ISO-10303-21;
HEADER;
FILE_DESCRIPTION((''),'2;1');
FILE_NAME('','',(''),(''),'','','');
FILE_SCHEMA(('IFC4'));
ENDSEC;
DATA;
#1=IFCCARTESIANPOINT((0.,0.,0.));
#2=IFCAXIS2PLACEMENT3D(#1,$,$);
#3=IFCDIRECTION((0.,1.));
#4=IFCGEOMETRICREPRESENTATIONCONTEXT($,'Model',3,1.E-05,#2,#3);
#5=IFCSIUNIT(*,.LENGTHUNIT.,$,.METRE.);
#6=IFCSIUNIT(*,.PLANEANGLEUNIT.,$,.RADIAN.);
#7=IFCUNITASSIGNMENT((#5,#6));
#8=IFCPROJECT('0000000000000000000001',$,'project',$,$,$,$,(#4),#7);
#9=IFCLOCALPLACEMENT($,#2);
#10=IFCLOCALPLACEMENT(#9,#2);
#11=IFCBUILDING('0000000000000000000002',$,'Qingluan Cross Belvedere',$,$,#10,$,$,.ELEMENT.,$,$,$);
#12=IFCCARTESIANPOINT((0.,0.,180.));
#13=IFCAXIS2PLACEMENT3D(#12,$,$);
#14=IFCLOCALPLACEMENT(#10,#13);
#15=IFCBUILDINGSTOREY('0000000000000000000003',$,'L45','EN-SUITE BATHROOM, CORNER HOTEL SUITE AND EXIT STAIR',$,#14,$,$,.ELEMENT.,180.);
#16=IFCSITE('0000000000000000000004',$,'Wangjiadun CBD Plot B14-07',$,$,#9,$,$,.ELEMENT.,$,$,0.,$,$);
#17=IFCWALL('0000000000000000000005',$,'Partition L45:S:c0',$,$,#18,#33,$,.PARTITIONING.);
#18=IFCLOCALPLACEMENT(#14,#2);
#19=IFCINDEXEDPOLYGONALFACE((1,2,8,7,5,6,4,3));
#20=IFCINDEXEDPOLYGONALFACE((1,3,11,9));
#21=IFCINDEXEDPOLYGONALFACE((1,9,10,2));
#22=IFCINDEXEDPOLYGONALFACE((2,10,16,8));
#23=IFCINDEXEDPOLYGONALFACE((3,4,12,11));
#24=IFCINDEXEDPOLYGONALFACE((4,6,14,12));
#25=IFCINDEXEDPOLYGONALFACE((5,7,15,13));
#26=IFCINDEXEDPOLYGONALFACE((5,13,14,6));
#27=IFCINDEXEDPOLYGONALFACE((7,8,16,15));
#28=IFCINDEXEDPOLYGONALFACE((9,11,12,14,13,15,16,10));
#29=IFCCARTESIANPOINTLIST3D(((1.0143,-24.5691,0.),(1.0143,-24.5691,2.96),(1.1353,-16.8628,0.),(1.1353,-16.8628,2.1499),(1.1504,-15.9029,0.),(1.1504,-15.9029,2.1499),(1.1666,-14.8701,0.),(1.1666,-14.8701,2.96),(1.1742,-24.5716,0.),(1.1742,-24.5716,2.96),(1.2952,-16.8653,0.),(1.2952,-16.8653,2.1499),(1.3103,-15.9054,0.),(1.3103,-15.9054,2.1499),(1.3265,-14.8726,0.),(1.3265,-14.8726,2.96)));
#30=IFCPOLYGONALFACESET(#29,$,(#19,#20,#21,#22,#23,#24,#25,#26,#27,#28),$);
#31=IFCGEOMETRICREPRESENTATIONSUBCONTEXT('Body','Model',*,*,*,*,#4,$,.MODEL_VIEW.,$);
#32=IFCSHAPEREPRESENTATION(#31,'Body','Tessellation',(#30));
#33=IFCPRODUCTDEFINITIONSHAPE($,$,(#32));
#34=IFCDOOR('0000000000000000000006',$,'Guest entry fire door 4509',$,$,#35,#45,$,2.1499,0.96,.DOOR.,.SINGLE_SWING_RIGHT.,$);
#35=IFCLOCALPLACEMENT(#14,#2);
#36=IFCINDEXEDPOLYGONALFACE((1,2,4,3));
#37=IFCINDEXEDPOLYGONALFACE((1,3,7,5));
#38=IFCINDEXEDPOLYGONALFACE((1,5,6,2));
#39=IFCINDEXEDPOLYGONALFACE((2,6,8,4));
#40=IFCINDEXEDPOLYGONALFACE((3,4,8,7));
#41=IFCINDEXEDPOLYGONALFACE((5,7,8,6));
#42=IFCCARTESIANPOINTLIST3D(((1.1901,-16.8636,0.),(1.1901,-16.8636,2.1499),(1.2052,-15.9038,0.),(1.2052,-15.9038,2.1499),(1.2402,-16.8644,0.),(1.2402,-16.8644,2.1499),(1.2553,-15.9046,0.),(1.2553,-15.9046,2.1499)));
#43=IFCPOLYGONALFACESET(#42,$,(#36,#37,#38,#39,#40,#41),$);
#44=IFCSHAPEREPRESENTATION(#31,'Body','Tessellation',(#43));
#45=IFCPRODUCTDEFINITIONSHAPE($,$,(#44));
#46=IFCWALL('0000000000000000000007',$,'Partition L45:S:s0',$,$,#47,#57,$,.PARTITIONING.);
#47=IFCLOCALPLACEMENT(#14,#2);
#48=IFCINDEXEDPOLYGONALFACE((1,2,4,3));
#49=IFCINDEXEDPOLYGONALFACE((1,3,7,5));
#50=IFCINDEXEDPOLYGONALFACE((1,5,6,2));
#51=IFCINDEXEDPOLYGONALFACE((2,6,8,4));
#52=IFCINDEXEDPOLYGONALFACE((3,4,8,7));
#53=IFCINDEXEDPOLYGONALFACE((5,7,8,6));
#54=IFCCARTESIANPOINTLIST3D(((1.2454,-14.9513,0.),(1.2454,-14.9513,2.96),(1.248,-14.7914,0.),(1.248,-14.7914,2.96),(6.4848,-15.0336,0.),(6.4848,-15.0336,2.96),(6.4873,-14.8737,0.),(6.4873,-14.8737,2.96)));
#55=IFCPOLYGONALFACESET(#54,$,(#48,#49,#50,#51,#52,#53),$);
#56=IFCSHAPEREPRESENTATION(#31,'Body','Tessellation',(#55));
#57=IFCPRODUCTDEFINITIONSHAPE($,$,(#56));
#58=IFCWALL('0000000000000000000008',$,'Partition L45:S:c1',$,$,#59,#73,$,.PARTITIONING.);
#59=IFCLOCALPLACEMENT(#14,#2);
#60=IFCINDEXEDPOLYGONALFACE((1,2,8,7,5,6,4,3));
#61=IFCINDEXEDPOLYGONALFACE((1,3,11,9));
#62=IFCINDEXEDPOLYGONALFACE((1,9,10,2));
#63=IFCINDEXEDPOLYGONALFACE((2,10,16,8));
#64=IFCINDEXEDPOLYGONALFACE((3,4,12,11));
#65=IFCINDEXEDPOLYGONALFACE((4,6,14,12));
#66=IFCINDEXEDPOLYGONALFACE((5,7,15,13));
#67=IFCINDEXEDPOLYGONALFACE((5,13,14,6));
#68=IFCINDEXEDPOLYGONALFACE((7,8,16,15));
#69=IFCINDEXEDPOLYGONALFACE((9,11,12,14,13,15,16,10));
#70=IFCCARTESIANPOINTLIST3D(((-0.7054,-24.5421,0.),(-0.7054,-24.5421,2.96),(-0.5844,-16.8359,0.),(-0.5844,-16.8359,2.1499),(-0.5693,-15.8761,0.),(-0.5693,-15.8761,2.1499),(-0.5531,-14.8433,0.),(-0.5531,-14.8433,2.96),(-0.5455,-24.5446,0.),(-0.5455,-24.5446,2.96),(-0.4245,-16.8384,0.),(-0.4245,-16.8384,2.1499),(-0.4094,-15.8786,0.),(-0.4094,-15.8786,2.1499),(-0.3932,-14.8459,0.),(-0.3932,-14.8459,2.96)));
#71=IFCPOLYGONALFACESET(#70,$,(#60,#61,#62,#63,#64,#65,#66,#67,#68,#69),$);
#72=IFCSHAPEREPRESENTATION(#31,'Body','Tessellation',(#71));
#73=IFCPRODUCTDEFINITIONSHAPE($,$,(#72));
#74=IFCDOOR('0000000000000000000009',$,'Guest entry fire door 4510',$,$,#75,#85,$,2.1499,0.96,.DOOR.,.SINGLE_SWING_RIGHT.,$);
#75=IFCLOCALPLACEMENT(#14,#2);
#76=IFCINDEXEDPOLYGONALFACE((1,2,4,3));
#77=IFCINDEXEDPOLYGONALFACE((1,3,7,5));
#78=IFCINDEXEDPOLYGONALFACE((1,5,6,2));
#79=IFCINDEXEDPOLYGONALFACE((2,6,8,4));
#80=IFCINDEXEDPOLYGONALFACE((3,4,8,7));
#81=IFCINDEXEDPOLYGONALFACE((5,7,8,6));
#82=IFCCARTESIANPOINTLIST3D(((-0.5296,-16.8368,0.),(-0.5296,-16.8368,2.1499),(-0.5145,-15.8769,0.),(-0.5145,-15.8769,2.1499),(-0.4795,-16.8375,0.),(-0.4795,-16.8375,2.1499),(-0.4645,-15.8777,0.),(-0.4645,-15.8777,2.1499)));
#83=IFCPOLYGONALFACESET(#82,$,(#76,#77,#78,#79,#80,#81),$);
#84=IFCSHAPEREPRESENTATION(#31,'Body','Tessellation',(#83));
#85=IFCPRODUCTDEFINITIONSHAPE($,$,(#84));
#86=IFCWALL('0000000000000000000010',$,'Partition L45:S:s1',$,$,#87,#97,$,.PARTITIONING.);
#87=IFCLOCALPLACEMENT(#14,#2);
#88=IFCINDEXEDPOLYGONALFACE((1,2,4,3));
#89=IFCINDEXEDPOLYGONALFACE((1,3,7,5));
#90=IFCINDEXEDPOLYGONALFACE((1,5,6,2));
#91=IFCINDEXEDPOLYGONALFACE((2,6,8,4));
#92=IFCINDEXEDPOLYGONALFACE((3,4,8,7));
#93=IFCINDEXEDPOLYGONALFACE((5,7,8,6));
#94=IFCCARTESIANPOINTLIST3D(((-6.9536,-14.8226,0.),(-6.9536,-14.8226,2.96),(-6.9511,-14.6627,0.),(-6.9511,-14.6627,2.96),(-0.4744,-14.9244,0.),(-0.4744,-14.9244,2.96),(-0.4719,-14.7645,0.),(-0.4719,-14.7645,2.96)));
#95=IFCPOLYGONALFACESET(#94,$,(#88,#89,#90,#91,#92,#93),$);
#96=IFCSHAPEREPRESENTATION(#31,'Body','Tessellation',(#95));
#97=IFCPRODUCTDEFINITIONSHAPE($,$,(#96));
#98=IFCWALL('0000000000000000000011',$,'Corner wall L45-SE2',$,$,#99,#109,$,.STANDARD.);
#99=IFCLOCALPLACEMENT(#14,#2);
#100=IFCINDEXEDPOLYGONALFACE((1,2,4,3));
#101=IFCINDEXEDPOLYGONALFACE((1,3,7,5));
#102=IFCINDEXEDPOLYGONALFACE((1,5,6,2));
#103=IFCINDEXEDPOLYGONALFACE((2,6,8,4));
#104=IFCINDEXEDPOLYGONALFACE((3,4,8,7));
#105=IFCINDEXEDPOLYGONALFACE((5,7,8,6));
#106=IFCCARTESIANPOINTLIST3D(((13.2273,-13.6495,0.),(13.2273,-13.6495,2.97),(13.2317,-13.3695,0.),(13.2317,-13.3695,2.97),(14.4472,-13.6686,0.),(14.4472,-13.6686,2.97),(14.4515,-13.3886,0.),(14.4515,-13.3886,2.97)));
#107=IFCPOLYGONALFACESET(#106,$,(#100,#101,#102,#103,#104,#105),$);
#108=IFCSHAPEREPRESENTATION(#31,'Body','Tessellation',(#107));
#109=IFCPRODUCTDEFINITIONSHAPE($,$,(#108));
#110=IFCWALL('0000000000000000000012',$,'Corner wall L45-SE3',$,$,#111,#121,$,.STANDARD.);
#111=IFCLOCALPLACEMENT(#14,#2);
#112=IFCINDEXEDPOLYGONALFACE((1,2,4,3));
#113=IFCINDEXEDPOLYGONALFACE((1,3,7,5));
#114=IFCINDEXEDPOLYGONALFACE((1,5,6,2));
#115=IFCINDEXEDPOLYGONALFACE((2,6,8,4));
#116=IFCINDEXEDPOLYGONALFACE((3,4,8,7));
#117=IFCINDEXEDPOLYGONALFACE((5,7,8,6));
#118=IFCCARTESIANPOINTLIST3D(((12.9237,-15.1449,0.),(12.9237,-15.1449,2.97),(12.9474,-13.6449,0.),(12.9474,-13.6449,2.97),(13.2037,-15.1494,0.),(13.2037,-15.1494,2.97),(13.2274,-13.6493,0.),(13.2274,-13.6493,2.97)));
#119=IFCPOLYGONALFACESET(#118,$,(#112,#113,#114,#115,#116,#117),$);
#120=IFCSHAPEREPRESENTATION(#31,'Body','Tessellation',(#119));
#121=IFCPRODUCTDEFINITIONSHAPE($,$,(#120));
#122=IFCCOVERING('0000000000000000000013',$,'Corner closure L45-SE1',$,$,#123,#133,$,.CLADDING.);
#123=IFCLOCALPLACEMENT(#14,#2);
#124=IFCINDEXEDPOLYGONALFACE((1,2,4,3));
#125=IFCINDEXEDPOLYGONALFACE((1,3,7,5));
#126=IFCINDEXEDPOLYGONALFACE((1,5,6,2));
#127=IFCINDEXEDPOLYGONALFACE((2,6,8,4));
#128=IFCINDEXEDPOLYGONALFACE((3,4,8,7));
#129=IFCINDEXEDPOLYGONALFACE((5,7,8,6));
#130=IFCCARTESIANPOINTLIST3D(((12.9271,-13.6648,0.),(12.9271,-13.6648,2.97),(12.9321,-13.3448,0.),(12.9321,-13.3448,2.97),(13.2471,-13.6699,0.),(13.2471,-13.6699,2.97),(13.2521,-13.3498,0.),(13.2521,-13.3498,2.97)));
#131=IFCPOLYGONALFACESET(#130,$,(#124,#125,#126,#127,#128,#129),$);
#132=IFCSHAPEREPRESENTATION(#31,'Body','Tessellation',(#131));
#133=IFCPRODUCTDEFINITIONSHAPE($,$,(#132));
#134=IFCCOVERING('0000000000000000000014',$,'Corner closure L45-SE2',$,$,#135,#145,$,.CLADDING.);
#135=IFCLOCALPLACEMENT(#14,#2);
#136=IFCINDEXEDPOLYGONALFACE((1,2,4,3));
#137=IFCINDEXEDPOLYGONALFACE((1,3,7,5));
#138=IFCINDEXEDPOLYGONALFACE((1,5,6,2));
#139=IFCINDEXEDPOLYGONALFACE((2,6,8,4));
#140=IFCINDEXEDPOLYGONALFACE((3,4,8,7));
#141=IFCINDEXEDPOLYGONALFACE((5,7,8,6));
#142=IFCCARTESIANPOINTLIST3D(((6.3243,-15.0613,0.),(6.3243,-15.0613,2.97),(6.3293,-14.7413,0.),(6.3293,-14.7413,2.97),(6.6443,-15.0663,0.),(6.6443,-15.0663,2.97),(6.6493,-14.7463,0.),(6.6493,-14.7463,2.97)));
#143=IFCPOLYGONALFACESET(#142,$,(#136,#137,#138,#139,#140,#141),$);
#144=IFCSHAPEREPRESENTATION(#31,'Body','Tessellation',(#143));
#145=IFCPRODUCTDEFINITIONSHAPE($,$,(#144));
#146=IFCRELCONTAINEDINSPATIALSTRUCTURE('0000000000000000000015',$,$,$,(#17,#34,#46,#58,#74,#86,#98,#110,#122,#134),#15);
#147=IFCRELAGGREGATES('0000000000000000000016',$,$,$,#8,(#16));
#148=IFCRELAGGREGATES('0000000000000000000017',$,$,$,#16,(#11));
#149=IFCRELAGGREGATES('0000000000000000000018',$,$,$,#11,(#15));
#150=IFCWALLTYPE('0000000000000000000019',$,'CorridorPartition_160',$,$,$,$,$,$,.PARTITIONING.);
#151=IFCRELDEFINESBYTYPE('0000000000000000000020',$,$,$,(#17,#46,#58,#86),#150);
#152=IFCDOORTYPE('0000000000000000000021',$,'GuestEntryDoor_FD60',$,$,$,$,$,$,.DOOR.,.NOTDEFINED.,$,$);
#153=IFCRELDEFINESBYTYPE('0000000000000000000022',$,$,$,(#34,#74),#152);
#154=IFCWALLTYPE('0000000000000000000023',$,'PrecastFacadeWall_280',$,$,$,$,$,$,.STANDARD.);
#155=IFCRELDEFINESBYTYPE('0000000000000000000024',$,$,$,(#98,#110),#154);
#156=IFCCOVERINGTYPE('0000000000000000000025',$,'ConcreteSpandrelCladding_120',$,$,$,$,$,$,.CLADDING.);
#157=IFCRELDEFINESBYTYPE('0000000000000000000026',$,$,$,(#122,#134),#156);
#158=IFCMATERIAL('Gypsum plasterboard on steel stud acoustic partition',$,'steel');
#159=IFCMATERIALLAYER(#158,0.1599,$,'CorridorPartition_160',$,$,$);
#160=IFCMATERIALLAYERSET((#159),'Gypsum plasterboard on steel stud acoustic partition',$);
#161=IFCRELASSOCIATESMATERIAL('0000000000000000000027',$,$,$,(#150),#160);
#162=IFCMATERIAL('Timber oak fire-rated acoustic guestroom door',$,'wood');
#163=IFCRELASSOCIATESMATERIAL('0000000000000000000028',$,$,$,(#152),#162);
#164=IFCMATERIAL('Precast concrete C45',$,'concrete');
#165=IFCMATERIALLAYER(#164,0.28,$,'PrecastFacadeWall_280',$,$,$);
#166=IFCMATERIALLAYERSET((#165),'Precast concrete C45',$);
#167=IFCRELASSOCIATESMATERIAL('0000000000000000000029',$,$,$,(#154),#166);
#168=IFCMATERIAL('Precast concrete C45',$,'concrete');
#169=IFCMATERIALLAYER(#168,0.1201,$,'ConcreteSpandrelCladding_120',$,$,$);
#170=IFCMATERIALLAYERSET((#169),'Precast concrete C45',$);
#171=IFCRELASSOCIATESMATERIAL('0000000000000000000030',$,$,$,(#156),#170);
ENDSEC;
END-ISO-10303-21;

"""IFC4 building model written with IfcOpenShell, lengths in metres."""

from ifc_helpers import new_model, si_unit, direction, frame, frame_2d, origin, origin_2d, place, context, subcontext, project, spatial, rectangle, extrude, material, layer, layer_set, type_object, element, fill, save


model = new_model("IFC4")

# Units and contexts
model_context = context("Model", 3, precision=1e-05, world=origin(), true_north=direction((0.0, 1.0)))
body_context = subcontext(model_context, "Body", "Model", "MODEL_VIEW")
ifc_project = project(units=[si_unit("LENGTHUNIT", "METRE"), si_unit("PLANEANGLEUNIT", "RADIAN")], contexts=[model_context])

# Site, building, storey
site_placement = place(None, origin())
site = spatial("IfcSite", under=ifc_project, at=site_placement, Name="Wangjiadun CBD Plot B14-07", CompositionType="ELEMENT", RefElevation=0.0)
building_placement = place(site_placement, origin())
building = spatial("IfcBuilding", under=site, at=building_placement, Name="Qingluan Cross Belvedere", CompositionType="ELEMENT")
storey_placement = place(building_placement, frame((0.0, 0.0, 180.0)))
storey = spatial("IfcBuildingStorey", under=building, at=storey_placement, Name="L45", Description="EN-SUITE BATHROOM, CORNER HOTEL SUITE AND EXIT STAIR", CompositionType="ELEMENT", Elevation=180.0)

# Shared definitions
ifc_material_1 = material(Name="Gypsum plasterboard on steel stud acoustic partition", Category="steel")
ifc_layer_1 = layer(ifc_material_1, 0.1599, Name="CorridorPartition_160")
ifc_layer_set_1 = layer_set([ifc_layer_1], Name="Gypsum plasterboard on steel stud acoustic partition")
wall_type_1 = type_object("IfcWallType", Name="CorridorPartition_160", PredefinedType="PARTITIONING", material=ifc_layer_set_1)

# Wall, opening, door
wall_1_placement = place(storey_placement, frame((1.2466, -14.8713, 0.0), z_axis=(0.0, 0.0, 1.0), x_axis=(-0.015705, -0.999877, 0.0)))
wall_1 = element("IfcWall", 1, at=wall_1_placement, inside=storey, type_object=wall_type_1, Name="Partition L45:S:c0", PredefinedType="PARTITIONING", context=body_context, shape_type="SweptSolid", body=[
    extrude(rectangle(XDim=9.7002, YDim=0.1599, at=frame_2d((4.8501, 0.0))), origin(), (0.0, 0.0, 1.0), 2.96),
])
opening_1_placement = place(wall_1_placement, frame((1.033, 0.0, 0.0)))
opening_1 = element("IfcOpeningElement", 2, at=opening_1_placement, cuts=wall_1, PredefinedType="OPENING", context=body_context, shape_type="SweptSolid", body=[
    extrude(rectangle(XDim=0.96, YDim=2.1499, at=frame_2d((0.48, 1.075))), frame((0.0, 0.0898, 0.0), z_axis=(0.0, -1.0, 0.0), x_axis=(1.0, 0.0, 0.0)), (0.0, 0.0, 1.0), 0.1799),
])
ifc_material_2 = material(Name="Timber oak fire-rated acoustic guestroom door", Category="wood")
door_type = type_object("IfcDoorType", Name="GuestEntryDoor_FD60", OperationType="NOTDEFINED", PredefinedType="DOOR", material=ifc_material_2)
door_1_placement = place(opening_1_placement, origin())
door_1 = element("IfcDoor", 3, at=door_1_placement, inside=storey, type_object=door_type, Name="Guest entry fire door 4509", OperationType="SINGLE_SWING_RIGHT", OverallHeight=2.1499, OverallWidth=0.96, PredefinedType="DOOR", context=body_context, shape_type="SweptSolid", body=[
    extrude(rectangle(XDim=0.96, YDim=2.1499, at=frame_2d((0.48, 1.075))), frame((0.0, 0.0249, 0.0), z_axis=(0.0, -1.0, 0.0), x_axis=(1.0, 0.0, 0.0)), (0.0, 0.0, 1.0), 0.05),
])
fill(opening_1, door_1)

# Wall
wall_2_placement = place(storey_placement, frame((1.2466, -14.8713, 0.0), z_axis=(0.0, 0.0, 1.0), x_axis=(0.999877, -0.015702, 0.0)))
element("IfcWall", 4, at=wall_2_placement, inside=storey, type_object=wall_type_1, Name="Partition L45:S:s0", PredefinedType="PARTITIONING", context=body_context, shape_type="SweptSolid", body=[
    extrude(rectangle(XDim=5.24, YDim=0.1599, at=frame_2d((2.6201, 0.0))), origin(), (0.0, 0.0, 1.0), 2.96),
])

# Wall, opening, door
wall_3_placement = place(storey_placement, frame((-0.4731, -14.8445, 0.0), z_axis=(0.0, 0.0, 1.0), x_axis=(-0.015706, -0.999877, 0.0)))
wall_3 = element("IfcWall", 5, at=wall_3_placement, inside=storey, type_object=wall_type_1, Name="Partition L45:S:c1", PredefinedType="PARTITIONING", context=body_context, shape_type="SweptSolid", body=[
    extrude(rectangle(XDim=9.7, YDim=0.1599, at=frame_2d((4.8501, 0.0))), origin(), (0.0, 0.0, 1.0), 2.96),
])
opening_2_placement = place(wall_3_placement, frame((1.033, 0.0, 0.0)))
opening_2 = element("IfcOpeningElement", 6, at=opening_2_placement, cuts=wall_3, PredefinedType="OPENING", context=body_context, shape_type="SweptSolid", body=[
    extrude(rectangle(XDim=0.96, YDim=2.1499, at=frame_2d((0.48, 1.075))), frame((0.0, 0.0898, 0.0), z_axis=(0.0, -1.0, 0.0), x_axis=(1.0, 0.0, 0.0)), (0.0, 0.0, 1.0), 0.1799),
])
door_2_placement = place(opening_2_placement, origin())
door_2 = element("IfcDoor", 7, at=door_2_placement, inside=storey, type_object=door_type, Name="Guest entry fire door 4510", OperationType="SINGLE_SWING_RIGHT", OverallHeight=2.1499, OverallWidth=0.96, PredefinedType="DOOR", context=body_context, shape_type="SweptSolid", body=[
    extrude(rectangle(XDim=0.96, YDim=2.1499, at=frame_2d((0.48, 1.075))), frame((0.0, 0.0249, 0.0), z_axis=(0.0, -1.0, 0.0), x_axis=(1.0, 0.0, 0.0)), (0.0, 0.0, 1.0), 0.05),
])
fill(opening_2, door_2)

# Walls
wall_4_placement = place(storey_placement, frame((-0.4731, -14.8445, 0.0), z_axis=(0.0, 0.0, 1.0), x_axis=(-0.999877, 0.015711, 0.0)))
element("IfcWall", 8, at=wall_4_placement, inside=storey, type_object=wall_type_1, Name="Partition L45:S:s1", PredefinedType="PARTITIONING", context=body_context, shape_type="SweptSolid", body=[
    extrude(rectangle(XDim=6.48, YDim=0.1599, at=frame_2d((3.24, 0.0))), origin(), (0.0, 0.0, 1.0), 2.96),
])
ifc_material_3 = material(Name="Precast concrete C45", Category="concrete")
ifc_layer_2 = layer(ifc_material_3, 0.28, Name="PrecastFacadeWall_280")
ifc_layer_set_2 = layer_set([ifc_layer_2], Name="Precast concrete C45")
wall_type_2 = type_object("IfcWallType", Name="PrecastFacadeWall_280", PredefinedType="STANDARD", material=ifc_layer_set_2)
wall_5_placement = place(storey_placement, frame((14.4492, -13.5286, 0.0), z_axis=(0.0, 0.0, 1.0), x_axis=(-0.999878, 0.015611, 0.0)))
element("IfcWall", 9, at=wall_5_placement, inside=storey, type_object=wall_type_2, Name="Corner wall L45-SE2", PredefinedType="STANDARD", context=body_context, shape_type="SweptSolid", body=[
    extrude(rectangle(XDim=1.22, YDim=0.28, at=frame_2d((0.6099, 0.0))), origin(), (0.0, 0.0, 1.0), 2.97),
])
wall_6_placement = place(storey_placement, frame((13.0874, -13.6472, 0.0), z_axis=(0.0, 0.0, 1.0), x_axis=(-0.015786, -0.999875, 0.0)))
element("IfcWall", 10, at=wall_6_placement, inside=storey, type_object=wall_type_2, Name="Corner wall L45-SE3", PredefinedType="STANDARD", context=body_context, shape_type="SweptSolid", body=[
    extrude(rectangle(XDim=1.5002, YDim=0.28, at=frame_2d((0.75, 0.0))), origin(), (0.0, 0.0, 1.0), 2.97),
])

# Coverings
ifc_material_4 = material(Name="Precast concrete C45", Category="concrete")
ifc_layer_3 = layer(ifc_material_4, 0.1201, Name="ConcreteSpandrelCladding_120")
ifc_layer_set_3 = layer_set([ifc_layer_3], Name="Precast concrete C45")
covering_type = type_object("IfcCoveringType", Name="ConcreteSpandrelCladding_120", PredefinedType="CLADDING", material=ifc_layer_set_3)
for number, where, z_axis, x_axis, name in (
    (11, (13.0896, -13.5073, 0.0), (0.0, 0.0, 1.0), (0.999877, -0.015707, 0.0), "Corner closure L45-SE1"),
    (12, (6.4868, -14.9038, 0.0), (0.0, 0.0, 1.0), (0.999877, -0.015707, 0.0), "Corner closure L45-SE2"),
):
    element("IfcCovering", number, at=place(storey_placement, frame(where, z_axis=z_axis, x_axis=x_axis)), inside=storey, type_object=covering_type, Name=name, PredefinedType="CLADDING", context=body_context, shape_type="SweptSolid", body=[
        extrude(rectangle(XDim=0.3201, YDim=0.3201, at=origin_2d()), origin(), (0.0, 0.0, 1.0), 2.97),
    ])

save(model, "model.ifc")
